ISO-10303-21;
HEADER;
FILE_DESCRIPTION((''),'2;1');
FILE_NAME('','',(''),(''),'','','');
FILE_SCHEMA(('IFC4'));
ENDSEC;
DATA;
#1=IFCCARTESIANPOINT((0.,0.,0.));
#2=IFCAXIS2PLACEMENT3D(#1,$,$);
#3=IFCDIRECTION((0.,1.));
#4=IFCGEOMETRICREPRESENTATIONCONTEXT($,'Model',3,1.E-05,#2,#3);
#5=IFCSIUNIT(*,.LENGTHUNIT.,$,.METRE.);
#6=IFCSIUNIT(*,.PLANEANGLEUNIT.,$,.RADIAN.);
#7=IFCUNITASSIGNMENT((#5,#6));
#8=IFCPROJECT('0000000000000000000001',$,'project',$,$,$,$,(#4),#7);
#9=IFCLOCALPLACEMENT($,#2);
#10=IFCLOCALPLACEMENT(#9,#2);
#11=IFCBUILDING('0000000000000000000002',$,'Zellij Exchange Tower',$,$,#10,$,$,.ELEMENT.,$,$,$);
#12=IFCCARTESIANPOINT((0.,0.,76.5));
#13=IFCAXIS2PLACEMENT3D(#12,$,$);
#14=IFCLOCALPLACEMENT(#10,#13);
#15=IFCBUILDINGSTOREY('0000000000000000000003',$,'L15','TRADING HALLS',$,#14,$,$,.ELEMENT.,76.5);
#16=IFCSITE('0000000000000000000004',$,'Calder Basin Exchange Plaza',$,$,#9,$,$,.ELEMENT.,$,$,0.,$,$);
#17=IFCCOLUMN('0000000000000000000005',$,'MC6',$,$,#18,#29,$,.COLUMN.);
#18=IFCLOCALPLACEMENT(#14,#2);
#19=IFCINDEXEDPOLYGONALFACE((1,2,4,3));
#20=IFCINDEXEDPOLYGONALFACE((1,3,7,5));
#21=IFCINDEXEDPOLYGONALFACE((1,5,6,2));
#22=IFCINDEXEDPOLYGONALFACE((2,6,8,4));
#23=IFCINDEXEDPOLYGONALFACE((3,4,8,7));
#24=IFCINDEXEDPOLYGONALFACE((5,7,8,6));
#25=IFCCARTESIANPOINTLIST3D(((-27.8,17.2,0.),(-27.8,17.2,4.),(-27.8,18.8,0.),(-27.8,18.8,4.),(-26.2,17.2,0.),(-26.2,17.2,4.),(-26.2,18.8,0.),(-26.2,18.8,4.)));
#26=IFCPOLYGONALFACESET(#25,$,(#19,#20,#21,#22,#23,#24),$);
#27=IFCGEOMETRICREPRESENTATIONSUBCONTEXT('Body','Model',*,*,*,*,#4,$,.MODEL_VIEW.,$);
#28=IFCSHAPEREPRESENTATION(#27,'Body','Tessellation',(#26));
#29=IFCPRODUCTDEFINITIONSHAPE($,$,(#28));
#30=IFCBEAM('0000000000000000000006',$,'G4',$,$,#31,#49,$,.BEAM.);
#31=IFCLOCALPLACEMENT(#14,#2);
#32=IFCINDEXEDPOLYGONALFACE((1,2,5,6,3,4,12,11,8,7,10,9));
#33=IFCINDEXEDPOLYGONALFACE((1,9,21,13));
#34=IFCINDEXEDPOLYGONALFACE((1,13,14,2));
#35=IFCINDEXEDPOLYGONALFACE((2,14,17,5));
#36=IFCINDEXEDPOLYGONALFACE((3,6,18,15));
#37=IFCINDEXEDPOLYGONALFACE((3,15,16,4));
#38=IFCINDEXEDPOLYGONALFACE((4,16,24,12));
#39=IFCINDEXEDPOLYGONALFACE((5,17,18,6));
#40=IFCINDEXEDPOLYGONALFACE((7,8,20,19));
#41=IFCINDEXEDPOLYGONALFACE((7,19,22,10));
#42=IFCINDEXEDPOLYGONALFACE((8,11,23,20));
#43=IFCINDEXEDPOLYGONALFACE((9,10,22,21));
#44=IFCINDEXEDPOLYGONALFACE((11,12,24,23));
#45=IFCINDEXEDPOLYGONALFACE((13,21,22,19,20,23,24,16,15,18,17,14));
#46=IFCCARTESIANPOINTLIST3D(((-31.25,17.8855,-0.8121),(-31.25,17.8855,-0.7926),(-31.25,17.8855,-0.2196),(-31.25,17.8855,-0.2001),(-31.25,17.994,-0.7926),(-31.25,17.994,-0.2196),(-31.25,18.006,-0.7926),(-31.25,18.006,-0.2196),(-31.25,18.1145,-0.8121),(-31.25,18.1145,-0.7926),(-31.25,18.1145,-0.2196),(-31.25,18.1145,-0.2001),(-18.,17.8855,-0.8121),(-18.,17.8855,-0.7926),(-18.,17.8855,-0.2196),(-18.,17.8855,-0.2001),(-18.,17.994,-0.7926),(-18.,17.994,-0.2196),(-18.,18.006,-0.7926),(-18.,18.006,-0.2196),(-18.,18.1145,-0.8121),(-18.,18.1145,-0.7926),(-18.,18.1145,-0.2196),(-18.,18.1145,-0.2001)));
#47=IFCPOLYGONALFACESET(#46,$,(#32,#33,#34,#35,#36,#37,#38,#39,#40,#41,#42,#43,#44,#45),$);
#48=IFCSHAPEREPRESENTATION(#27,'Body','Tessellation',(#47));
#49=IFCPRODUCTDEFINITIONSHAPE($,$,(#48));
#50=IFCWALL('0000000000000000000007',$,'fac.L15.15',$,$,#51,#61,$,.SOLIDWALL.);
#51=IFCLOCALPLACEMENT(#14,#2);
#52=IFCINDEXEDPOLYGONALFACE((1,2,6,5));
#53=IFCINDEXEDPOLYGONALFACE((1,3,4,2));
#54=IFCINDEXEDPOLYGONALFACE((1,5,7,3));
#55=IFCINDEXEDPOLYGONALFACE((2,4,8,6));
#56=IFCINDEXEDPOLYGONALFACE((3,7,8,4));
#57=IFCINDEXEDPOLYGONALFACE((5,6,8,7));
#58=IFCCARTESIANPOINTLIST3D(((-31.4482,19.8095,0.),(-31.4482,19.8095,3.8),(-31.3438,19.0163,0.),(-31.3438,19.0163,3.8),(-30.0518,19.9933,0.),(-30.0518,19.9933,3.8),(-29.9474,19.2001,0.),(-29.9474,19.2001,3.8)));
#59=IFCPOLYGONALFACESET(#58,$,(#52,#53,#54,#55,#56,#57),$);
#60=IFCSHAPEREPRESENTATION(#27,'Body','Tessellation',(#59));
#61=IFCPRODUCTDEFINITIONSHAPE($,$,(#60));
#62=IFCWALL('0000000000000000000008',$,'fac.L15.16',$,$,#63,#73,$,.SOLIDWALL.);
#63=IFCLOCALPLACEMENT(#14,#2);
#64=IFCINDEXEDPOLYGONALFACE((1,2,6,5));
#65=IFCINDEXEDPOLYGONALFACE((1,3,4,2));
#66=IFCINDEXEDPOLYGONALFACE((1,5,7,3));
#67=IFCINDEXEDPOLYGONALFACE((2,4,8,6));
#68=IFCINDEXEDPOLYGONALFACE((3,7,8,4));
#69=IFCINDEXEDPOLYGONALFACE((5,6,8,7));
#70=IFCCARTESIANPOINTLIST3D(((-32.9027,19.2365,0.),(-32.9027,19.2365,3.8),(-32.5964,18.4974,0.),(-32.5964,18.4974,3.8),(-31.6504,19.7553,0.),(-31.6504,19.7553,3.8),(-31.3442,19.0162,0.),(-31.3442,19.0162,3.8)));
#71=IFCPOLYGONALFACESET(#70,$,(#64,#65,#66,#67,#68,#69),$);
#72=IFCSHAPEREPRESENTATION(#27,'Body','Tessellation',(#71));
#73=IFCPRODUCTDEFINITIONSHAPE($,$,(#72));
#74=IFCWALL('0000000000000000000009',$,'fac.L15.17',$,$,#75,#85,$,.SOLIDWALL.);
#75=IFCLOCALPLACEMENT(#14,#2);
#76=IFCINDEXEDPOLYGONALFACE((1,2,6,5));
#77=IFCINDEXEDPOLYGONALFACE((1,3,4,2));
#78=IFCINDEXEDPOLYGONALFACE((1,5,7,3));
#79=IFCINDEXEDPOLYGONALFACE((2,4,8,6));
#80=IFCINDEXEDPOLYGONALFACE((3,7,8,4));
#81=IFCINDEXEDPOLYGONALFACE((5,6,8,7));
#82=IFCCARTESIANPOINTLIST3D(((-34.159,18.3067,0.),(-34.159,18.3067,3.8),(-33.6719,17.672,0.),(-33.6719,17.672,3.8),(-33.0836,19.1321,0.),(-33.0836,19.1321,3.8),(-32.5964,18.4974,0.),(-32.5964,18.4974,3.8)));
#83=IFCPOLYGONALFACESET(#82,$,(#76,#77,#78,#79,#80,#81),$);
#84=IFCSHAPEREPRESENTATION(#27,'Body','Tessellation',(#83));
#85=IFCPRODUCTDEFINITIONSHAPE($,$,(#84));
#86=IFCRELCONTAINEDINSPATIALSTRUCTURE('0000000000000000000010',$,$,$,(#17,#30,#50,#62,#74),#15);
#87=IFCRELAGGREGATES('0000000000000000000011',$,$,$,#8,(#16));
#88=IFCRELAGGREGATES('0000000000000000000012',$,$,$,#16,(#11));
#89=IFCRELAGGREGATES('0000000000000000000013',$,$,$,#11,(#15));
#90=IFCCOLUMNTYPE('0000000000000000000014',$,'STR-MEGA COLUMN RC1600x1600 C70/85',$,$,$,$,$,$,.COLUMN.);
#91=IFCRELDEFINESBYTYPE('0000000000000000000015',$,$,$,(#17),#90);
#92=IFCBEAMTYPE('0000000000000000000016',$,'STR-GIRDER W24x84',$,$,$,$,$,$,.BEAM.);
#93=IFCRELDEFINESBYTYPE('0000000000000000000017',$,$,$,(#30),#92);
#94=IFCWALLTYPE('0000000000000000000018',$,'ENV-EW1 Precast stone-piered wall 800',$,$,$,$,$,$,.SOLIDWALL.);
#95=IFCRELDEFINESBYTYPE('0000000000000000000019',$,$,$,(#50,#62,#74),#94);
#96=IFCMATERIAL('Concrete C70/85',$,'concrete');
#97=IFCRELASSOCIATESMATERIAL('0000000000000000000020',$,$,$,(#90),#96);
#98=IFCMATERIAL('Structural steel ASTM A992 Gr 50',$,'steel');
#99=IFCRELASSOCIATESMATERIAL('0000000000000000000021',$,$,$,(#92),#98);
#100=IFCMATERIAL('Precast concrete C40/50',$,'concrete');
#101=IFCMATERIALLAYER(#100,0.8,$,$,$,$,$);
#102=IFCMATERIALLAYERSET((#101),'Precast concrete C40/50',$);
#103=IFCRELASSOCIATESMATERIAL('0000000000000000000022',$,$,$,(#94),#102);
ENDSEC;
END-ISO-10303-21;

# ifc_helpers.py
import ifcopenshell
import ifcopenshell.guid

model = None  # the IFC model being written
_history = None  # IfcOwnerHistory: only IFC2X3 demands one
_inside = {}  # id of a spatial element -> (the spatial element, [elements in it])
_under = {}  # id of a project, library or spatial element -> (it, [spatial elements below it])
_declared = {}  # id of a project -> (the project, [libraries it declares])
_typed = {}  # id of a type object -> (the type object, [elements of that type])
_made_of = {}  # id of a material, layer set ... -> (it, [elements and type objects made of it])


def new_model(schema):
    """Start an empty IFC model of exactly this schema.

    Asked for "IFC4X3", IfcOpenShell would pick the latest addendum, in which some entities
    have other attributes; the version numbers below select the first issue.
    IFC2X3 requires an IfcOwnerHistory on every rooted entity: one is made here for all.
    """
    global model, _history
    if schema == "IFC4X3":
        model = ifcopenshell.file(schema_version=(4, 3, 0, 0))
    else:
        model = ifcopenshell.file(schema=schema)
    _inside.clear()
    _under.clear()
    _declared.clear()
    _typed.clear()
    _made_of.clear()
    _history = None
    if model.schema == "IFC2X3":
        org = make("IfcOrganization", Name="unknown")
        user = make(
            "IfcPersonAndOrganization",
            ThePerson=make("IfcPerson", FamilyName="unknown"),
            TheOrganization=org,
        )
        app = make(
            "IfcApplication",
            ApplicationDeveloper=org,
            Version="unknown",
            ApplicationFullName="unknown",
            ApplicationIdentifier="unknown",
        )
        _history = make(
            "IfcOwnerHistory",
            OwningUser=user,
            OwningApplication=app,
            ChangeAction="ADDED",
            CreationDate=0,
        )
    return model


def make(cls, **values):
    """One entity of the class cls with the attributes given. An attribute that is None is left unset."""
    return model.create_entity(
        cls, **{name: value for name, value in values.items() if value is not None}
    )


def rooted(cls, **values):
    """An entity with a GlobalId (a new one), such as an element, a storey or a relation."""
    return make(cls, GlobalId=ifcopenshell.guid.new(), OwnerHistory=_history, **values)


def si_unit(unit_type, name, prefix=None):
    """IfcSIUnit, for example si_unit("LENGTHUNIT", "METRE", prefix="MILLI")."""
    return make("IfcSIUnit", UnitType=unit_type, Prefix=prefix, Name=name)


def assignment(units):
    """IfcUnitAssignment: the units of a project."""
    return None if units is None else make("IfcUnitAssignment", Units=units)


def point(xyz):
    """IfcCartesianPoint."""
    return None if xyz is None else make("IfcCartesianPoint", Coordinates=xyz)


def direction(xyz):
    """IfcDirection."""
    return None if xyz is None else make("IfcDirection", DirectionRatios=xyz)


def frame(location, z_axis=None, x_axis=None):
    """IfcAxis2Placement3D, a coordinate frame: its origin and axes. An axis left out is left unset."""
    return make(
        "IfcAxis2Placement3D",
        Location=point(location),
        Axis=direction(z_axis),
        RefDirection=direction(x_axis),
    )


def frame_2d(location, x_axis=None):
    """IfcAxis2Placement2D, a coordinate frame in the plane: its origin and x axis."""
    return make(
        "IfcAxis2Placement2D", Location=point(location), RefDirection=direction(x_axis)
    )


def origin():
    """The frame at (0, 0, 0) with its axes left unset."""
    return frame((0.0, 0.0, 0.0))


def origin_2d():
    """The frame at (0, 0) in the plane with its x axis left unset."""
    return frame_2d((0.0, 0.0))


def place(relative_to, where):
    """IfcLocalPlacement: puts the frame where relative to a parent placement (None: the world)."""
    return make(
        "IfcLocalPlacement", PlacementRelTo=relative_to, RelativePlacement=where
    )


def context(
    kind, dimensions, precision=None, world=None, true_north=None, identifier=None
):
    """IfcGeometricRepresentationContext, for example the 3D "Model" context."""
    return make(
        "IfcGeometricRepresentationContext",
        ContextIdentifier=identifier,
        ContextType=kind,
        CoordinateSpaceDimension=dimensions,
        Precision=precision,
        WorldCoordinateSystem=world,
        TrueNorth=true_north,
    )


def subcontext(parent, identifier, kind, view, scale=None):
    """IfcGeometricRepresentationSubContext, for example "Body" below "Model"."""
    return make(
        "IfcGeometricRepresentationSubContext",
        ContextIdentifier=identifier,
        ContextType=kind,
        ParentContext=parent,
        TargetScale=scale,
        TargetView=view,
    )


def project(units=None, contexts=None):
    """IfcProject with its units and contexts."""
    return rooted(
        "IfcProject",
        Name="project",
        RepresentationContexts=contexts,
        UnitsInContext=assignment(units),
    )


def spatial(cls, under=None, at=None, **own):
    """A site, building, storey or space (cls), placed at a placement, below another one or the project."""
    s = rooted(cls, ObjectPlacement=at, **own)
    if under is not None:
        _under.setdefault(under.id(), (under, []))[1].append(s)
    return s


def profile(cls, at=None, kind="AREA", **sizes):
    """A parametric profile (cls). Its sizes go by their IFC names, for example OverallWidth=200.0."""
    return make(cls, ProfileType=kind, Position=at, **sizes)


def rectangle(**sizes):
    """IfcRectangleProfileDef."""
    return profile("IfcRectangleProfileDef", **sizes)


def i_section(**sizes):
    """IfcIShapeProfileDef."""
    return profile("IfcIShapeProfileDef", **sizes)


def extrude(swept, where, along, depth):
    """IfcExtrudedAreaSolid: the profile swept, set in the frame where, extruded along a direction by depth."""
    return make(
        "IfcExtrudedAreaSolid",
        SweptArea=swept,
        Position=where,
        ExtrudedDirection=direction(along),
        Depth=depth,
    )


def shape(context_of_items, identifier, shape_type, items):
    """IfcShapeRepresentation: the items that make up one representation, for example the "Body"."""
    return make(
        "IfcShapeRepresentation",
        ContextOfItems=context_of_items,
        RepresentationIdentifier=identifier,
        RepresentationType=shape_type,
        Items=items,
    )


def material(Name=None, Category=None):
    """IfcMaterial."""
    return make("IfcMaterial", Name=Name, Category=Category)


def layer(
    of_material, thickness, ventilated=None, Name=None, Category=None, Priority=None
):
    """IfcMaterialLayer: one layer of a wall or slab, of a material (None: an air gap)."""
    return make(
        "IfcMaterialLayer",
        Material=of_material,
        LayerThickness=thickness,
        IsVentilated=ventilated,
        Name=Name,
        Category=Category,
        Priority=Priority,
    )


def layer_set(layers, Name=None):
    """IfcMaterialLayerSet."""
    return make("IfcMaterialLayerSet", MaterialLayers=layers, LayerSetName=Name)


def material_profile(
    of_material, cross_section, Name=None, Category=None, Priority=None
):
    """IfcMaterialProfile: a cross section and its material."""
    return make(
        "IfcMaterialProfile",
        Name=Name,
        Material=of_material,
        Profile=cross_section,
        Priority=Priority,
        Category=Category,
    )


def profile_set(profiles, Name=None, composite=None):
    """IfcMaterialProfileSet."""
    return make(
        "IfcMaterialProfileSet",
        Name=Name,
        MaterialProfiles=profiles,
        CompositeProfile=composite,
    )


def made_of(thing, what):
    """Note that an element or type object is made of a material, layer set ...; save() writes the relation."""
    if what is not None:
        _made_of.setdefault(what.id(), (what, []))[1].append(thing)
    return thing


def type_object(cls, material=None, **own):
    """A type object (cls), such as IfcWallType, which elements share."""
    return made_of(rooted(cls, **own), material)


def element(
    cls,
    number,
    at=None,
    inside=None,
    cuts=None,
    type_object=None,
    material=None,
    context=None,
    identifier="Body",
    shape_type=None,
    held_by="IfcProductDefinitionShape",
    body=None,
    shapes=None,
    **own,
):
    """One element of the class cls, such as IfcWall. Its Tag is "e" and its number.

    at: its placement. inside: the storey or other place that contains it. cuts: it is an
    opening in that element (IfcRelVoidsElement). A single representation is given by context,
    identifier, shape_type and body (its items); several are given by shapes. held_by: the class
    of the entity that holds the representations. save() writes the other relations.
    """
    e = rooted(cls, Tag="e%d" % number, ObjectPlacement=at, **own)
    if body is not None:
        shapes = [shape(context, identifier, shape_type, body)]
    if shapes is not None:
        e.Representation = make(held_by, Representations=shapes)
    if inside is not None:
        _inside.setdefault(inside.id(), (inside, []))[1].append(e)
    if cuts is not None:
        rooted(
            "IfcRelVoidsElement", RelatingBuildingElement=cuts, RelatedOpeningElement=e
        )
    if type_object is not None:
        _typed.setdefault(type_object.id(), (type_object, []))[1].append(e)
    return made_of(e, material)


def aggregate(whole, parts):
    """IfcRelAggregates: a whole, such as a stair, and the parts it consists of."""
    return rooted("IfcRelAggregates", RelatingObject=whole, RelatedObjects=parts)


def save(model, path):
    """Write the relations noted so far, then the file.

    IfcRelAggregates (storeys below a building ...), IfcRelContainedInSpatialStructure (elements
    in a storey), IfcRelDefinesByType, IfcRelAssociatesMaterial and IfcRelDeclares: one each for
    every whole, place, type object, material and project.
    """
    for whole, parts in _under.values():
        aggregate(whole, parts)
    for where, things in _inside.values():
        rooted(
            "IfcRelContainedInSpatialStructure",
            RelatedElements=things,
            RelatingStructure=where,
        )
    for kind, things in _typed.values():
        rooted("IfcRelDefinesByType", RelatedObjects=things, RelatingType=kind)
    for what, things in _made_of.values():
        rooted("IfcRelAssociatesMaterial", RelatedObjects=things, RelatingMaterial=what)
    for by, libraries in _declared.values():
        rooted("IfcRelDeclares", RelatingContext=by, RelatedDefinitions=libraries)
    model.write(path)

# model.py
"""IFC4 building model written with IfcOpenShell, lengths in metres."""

from ifc_helpers import new_model, si_unit, direction, frame, frame_2d, origin, origin_2d, place, context, subcontext, project, spatial, rectangle, i_section, extrude, material, layer, layer_set, material_profile, profile_set, type_object, element, save


model = new_model("IFC4")

# Units and contexts
model_context = context("Model", 3, precision=1e-05, world=origin(), true_north=direction((0.0, 1.0)))
body_context = subcontext(model_context, "Body", "Model", "MODEL_VIEW")
ifc_project = project(units=[si_unit("LENGTHUNIT", "METRE"), si_unit("PLANEANGLEUNIT", "RADIAN")], contexts=[model_context])

# Site, building, storey
site_placement = place(None, origin())
site = spatial("IfcSite", under=ifc_project, at=site_placement, Name="Calder Basin Exchange Plaza", CompositionType="ELEMENT", RefElevation=0.0)
building_placement = place(site_placement, origin())
building = spatial("IfcBuilding", under=site, at=building_placement, Name="Zellij Exchange Tower", CompositionType="ELEMENT")
storey_placement = place(building_placement, frame((0.0, 0.0, 76.5)))
storey = spatial("IfcBuildingStorey", under=building, at=storey_placement, Name="L15", Description="TRADING HALLS", CompositionType="ELEMENT", Elevation=76.5)

# Column
ifc_material_1 = material(Name="Concrete C70/85", Category="concrete")
ifc_material_profile_1 = material_profile(ifc_material_1, rectangle(XDim=1.6001, YDim=1.6001, at=origin_2d()), Name="STR-MEGA COLUMN RC1600x1600 C70/85")
ifc_profile_set_1 = profile_set([ifc_material_profile_1], Name="Concrete C70/85")
column_type = type_object("IfcColumnType", Name="STR-MEGA COLUMN RC1600x1600 C70/85", PredefinedType="COLUMN", material=ifc_profile_set_1)
column_placement = place(storey_placement, frame((-27.0, 18.0, 0.0), z_axis=(0.0, 0.0, 1.0), x_axis=(1.0, 0.0, 0.0)))
element("IfcColumn", 1, at=column_placement, inside=storey, type_object=column_type, Name="MC6", PredefinedType="COLUMN", context=body_context, shape_type="SweptSolid", body=[
    extrude(rectangle(XDim=1.6001, YDim=1.6001, at=origin_2d()), origin(), (0.0, 0.0, 1.0), 4.0),
])

# Beam
ifc_material_2 = material(Name="Structural steel ASTM A992 Gr 50", Category="steel")
ifc_material_profile_2 = material_profile(ifc_material_2, i_section(OverallWidth=0.229, OverallDepth=0.6121, WebThickness=0.012, FlangeThickness=0.0195, at=origin_2d()), Name="W24x84")
ifc_profile_set_2 = profile_set([ifc_material_profile_2], Name="Structural steel ASTM A992 Gr 50")
beam_type = type_object("IfcBeamType", Name="STR-GIRDER W24x84", PredefinedType="BEAM", material=ifc_profile_set_2)
beam_placement = place(storey_placement, frame((-31.25, 18.0, -0.5061), z_axis=(1.0, 0.0, 0.0), x_axis=(0.0, 1.0, 0.0)))
element("IfcBeam", 2, at=beam_placement, inside=storey, type_object=beam_type, Name="G4", PredefinedType="BEAM", context=body_context, shape_type="SweptSolid", body=[
    extrude(i_section(OverallWidth=0.229, OverallDepth=0.6121, WebThickness=0.012, FlangeThickness=0.0195, at=origin_2d()), origin(), (0.0, 0.0, 1.0), 13.25),
])

# Walls
ifc_material_3 = material(Name="Precast concrete C40/50", Category="concrete")
ifc_layer_1 = layer(ifc_material_3, 0.8)
ifc_layer_set_1 = layer_set([ifc_layer_1], Name="Precast concrete C40/50")
wall_type = type_object("IfcWallType", Name="ENV-EW1 Precast stone-piered wall 800", PredefinedType="SOLIDWALL", material=ifc_layer_set_1)
wall_1_placement = place(storey_placement, frame((-29.9998, 19.5967, 0.0), z_axis=(0.0, 0.0, 1.0), x_axis=(-0.991446, -0.130517, 0.0)))
element("IfcWall", 3, at=wall_1_placement, inside=storey, type_object=wall_type, Name="fac.L15.15", PredefinedType="SOLIDWALL", context=body_context, shape_type="SweptSolid", body=[
    extrude(rectangle(XDim=1.4084, YDim=0.8, at=frame_2d((0.7041, 0.0))), origin(), (0.0, 0.0, 1.0), 3.8),
])
wall_2_placement = place(storey_placement, frame((-31.4973, 19.3857, 0.0), z_axis=(0.0, 0.0, 1.0), x_axis=(-0.923848, -0.38276, 0.0)))
element("IfcWall", 4, at=wall_2_placement, inside=storey, type_object=wall_type, Name="fac.L15.16", PredefinedType="SOLIDWALL", context=body_context, shape_type="SweptSolid", body=[
    extrude(rectangle(XDim=1.3555, YDim=0.8, at=frame_2d((0.6777, 0.0))), origin(), (0.0, 0.0, 1.0), 3.8),
])
wall_3_placement = place(storey_placement, frame((-32.8401, 18.8147, 0.0), z_axis=(0.0, 0.0, 1.0), x_axis=(-0.793273, -0.608866, 0.0)))
element("IfcWall", 5, at=wall_3_placement, inside=storey, type_object=wall_type, Name="fac.L15.17", PredefinedType="SOLIDWALL", context=body_context, shape_type="SweptSolid", body=[
    extrude(rectangle(XDim=1.3557, YDim=0.8, at=frame_2d((0.6777, 0.0))), origin(), (0.0, 0.0, 1.0), 3.8),
])

save(model, "model.ifc")
